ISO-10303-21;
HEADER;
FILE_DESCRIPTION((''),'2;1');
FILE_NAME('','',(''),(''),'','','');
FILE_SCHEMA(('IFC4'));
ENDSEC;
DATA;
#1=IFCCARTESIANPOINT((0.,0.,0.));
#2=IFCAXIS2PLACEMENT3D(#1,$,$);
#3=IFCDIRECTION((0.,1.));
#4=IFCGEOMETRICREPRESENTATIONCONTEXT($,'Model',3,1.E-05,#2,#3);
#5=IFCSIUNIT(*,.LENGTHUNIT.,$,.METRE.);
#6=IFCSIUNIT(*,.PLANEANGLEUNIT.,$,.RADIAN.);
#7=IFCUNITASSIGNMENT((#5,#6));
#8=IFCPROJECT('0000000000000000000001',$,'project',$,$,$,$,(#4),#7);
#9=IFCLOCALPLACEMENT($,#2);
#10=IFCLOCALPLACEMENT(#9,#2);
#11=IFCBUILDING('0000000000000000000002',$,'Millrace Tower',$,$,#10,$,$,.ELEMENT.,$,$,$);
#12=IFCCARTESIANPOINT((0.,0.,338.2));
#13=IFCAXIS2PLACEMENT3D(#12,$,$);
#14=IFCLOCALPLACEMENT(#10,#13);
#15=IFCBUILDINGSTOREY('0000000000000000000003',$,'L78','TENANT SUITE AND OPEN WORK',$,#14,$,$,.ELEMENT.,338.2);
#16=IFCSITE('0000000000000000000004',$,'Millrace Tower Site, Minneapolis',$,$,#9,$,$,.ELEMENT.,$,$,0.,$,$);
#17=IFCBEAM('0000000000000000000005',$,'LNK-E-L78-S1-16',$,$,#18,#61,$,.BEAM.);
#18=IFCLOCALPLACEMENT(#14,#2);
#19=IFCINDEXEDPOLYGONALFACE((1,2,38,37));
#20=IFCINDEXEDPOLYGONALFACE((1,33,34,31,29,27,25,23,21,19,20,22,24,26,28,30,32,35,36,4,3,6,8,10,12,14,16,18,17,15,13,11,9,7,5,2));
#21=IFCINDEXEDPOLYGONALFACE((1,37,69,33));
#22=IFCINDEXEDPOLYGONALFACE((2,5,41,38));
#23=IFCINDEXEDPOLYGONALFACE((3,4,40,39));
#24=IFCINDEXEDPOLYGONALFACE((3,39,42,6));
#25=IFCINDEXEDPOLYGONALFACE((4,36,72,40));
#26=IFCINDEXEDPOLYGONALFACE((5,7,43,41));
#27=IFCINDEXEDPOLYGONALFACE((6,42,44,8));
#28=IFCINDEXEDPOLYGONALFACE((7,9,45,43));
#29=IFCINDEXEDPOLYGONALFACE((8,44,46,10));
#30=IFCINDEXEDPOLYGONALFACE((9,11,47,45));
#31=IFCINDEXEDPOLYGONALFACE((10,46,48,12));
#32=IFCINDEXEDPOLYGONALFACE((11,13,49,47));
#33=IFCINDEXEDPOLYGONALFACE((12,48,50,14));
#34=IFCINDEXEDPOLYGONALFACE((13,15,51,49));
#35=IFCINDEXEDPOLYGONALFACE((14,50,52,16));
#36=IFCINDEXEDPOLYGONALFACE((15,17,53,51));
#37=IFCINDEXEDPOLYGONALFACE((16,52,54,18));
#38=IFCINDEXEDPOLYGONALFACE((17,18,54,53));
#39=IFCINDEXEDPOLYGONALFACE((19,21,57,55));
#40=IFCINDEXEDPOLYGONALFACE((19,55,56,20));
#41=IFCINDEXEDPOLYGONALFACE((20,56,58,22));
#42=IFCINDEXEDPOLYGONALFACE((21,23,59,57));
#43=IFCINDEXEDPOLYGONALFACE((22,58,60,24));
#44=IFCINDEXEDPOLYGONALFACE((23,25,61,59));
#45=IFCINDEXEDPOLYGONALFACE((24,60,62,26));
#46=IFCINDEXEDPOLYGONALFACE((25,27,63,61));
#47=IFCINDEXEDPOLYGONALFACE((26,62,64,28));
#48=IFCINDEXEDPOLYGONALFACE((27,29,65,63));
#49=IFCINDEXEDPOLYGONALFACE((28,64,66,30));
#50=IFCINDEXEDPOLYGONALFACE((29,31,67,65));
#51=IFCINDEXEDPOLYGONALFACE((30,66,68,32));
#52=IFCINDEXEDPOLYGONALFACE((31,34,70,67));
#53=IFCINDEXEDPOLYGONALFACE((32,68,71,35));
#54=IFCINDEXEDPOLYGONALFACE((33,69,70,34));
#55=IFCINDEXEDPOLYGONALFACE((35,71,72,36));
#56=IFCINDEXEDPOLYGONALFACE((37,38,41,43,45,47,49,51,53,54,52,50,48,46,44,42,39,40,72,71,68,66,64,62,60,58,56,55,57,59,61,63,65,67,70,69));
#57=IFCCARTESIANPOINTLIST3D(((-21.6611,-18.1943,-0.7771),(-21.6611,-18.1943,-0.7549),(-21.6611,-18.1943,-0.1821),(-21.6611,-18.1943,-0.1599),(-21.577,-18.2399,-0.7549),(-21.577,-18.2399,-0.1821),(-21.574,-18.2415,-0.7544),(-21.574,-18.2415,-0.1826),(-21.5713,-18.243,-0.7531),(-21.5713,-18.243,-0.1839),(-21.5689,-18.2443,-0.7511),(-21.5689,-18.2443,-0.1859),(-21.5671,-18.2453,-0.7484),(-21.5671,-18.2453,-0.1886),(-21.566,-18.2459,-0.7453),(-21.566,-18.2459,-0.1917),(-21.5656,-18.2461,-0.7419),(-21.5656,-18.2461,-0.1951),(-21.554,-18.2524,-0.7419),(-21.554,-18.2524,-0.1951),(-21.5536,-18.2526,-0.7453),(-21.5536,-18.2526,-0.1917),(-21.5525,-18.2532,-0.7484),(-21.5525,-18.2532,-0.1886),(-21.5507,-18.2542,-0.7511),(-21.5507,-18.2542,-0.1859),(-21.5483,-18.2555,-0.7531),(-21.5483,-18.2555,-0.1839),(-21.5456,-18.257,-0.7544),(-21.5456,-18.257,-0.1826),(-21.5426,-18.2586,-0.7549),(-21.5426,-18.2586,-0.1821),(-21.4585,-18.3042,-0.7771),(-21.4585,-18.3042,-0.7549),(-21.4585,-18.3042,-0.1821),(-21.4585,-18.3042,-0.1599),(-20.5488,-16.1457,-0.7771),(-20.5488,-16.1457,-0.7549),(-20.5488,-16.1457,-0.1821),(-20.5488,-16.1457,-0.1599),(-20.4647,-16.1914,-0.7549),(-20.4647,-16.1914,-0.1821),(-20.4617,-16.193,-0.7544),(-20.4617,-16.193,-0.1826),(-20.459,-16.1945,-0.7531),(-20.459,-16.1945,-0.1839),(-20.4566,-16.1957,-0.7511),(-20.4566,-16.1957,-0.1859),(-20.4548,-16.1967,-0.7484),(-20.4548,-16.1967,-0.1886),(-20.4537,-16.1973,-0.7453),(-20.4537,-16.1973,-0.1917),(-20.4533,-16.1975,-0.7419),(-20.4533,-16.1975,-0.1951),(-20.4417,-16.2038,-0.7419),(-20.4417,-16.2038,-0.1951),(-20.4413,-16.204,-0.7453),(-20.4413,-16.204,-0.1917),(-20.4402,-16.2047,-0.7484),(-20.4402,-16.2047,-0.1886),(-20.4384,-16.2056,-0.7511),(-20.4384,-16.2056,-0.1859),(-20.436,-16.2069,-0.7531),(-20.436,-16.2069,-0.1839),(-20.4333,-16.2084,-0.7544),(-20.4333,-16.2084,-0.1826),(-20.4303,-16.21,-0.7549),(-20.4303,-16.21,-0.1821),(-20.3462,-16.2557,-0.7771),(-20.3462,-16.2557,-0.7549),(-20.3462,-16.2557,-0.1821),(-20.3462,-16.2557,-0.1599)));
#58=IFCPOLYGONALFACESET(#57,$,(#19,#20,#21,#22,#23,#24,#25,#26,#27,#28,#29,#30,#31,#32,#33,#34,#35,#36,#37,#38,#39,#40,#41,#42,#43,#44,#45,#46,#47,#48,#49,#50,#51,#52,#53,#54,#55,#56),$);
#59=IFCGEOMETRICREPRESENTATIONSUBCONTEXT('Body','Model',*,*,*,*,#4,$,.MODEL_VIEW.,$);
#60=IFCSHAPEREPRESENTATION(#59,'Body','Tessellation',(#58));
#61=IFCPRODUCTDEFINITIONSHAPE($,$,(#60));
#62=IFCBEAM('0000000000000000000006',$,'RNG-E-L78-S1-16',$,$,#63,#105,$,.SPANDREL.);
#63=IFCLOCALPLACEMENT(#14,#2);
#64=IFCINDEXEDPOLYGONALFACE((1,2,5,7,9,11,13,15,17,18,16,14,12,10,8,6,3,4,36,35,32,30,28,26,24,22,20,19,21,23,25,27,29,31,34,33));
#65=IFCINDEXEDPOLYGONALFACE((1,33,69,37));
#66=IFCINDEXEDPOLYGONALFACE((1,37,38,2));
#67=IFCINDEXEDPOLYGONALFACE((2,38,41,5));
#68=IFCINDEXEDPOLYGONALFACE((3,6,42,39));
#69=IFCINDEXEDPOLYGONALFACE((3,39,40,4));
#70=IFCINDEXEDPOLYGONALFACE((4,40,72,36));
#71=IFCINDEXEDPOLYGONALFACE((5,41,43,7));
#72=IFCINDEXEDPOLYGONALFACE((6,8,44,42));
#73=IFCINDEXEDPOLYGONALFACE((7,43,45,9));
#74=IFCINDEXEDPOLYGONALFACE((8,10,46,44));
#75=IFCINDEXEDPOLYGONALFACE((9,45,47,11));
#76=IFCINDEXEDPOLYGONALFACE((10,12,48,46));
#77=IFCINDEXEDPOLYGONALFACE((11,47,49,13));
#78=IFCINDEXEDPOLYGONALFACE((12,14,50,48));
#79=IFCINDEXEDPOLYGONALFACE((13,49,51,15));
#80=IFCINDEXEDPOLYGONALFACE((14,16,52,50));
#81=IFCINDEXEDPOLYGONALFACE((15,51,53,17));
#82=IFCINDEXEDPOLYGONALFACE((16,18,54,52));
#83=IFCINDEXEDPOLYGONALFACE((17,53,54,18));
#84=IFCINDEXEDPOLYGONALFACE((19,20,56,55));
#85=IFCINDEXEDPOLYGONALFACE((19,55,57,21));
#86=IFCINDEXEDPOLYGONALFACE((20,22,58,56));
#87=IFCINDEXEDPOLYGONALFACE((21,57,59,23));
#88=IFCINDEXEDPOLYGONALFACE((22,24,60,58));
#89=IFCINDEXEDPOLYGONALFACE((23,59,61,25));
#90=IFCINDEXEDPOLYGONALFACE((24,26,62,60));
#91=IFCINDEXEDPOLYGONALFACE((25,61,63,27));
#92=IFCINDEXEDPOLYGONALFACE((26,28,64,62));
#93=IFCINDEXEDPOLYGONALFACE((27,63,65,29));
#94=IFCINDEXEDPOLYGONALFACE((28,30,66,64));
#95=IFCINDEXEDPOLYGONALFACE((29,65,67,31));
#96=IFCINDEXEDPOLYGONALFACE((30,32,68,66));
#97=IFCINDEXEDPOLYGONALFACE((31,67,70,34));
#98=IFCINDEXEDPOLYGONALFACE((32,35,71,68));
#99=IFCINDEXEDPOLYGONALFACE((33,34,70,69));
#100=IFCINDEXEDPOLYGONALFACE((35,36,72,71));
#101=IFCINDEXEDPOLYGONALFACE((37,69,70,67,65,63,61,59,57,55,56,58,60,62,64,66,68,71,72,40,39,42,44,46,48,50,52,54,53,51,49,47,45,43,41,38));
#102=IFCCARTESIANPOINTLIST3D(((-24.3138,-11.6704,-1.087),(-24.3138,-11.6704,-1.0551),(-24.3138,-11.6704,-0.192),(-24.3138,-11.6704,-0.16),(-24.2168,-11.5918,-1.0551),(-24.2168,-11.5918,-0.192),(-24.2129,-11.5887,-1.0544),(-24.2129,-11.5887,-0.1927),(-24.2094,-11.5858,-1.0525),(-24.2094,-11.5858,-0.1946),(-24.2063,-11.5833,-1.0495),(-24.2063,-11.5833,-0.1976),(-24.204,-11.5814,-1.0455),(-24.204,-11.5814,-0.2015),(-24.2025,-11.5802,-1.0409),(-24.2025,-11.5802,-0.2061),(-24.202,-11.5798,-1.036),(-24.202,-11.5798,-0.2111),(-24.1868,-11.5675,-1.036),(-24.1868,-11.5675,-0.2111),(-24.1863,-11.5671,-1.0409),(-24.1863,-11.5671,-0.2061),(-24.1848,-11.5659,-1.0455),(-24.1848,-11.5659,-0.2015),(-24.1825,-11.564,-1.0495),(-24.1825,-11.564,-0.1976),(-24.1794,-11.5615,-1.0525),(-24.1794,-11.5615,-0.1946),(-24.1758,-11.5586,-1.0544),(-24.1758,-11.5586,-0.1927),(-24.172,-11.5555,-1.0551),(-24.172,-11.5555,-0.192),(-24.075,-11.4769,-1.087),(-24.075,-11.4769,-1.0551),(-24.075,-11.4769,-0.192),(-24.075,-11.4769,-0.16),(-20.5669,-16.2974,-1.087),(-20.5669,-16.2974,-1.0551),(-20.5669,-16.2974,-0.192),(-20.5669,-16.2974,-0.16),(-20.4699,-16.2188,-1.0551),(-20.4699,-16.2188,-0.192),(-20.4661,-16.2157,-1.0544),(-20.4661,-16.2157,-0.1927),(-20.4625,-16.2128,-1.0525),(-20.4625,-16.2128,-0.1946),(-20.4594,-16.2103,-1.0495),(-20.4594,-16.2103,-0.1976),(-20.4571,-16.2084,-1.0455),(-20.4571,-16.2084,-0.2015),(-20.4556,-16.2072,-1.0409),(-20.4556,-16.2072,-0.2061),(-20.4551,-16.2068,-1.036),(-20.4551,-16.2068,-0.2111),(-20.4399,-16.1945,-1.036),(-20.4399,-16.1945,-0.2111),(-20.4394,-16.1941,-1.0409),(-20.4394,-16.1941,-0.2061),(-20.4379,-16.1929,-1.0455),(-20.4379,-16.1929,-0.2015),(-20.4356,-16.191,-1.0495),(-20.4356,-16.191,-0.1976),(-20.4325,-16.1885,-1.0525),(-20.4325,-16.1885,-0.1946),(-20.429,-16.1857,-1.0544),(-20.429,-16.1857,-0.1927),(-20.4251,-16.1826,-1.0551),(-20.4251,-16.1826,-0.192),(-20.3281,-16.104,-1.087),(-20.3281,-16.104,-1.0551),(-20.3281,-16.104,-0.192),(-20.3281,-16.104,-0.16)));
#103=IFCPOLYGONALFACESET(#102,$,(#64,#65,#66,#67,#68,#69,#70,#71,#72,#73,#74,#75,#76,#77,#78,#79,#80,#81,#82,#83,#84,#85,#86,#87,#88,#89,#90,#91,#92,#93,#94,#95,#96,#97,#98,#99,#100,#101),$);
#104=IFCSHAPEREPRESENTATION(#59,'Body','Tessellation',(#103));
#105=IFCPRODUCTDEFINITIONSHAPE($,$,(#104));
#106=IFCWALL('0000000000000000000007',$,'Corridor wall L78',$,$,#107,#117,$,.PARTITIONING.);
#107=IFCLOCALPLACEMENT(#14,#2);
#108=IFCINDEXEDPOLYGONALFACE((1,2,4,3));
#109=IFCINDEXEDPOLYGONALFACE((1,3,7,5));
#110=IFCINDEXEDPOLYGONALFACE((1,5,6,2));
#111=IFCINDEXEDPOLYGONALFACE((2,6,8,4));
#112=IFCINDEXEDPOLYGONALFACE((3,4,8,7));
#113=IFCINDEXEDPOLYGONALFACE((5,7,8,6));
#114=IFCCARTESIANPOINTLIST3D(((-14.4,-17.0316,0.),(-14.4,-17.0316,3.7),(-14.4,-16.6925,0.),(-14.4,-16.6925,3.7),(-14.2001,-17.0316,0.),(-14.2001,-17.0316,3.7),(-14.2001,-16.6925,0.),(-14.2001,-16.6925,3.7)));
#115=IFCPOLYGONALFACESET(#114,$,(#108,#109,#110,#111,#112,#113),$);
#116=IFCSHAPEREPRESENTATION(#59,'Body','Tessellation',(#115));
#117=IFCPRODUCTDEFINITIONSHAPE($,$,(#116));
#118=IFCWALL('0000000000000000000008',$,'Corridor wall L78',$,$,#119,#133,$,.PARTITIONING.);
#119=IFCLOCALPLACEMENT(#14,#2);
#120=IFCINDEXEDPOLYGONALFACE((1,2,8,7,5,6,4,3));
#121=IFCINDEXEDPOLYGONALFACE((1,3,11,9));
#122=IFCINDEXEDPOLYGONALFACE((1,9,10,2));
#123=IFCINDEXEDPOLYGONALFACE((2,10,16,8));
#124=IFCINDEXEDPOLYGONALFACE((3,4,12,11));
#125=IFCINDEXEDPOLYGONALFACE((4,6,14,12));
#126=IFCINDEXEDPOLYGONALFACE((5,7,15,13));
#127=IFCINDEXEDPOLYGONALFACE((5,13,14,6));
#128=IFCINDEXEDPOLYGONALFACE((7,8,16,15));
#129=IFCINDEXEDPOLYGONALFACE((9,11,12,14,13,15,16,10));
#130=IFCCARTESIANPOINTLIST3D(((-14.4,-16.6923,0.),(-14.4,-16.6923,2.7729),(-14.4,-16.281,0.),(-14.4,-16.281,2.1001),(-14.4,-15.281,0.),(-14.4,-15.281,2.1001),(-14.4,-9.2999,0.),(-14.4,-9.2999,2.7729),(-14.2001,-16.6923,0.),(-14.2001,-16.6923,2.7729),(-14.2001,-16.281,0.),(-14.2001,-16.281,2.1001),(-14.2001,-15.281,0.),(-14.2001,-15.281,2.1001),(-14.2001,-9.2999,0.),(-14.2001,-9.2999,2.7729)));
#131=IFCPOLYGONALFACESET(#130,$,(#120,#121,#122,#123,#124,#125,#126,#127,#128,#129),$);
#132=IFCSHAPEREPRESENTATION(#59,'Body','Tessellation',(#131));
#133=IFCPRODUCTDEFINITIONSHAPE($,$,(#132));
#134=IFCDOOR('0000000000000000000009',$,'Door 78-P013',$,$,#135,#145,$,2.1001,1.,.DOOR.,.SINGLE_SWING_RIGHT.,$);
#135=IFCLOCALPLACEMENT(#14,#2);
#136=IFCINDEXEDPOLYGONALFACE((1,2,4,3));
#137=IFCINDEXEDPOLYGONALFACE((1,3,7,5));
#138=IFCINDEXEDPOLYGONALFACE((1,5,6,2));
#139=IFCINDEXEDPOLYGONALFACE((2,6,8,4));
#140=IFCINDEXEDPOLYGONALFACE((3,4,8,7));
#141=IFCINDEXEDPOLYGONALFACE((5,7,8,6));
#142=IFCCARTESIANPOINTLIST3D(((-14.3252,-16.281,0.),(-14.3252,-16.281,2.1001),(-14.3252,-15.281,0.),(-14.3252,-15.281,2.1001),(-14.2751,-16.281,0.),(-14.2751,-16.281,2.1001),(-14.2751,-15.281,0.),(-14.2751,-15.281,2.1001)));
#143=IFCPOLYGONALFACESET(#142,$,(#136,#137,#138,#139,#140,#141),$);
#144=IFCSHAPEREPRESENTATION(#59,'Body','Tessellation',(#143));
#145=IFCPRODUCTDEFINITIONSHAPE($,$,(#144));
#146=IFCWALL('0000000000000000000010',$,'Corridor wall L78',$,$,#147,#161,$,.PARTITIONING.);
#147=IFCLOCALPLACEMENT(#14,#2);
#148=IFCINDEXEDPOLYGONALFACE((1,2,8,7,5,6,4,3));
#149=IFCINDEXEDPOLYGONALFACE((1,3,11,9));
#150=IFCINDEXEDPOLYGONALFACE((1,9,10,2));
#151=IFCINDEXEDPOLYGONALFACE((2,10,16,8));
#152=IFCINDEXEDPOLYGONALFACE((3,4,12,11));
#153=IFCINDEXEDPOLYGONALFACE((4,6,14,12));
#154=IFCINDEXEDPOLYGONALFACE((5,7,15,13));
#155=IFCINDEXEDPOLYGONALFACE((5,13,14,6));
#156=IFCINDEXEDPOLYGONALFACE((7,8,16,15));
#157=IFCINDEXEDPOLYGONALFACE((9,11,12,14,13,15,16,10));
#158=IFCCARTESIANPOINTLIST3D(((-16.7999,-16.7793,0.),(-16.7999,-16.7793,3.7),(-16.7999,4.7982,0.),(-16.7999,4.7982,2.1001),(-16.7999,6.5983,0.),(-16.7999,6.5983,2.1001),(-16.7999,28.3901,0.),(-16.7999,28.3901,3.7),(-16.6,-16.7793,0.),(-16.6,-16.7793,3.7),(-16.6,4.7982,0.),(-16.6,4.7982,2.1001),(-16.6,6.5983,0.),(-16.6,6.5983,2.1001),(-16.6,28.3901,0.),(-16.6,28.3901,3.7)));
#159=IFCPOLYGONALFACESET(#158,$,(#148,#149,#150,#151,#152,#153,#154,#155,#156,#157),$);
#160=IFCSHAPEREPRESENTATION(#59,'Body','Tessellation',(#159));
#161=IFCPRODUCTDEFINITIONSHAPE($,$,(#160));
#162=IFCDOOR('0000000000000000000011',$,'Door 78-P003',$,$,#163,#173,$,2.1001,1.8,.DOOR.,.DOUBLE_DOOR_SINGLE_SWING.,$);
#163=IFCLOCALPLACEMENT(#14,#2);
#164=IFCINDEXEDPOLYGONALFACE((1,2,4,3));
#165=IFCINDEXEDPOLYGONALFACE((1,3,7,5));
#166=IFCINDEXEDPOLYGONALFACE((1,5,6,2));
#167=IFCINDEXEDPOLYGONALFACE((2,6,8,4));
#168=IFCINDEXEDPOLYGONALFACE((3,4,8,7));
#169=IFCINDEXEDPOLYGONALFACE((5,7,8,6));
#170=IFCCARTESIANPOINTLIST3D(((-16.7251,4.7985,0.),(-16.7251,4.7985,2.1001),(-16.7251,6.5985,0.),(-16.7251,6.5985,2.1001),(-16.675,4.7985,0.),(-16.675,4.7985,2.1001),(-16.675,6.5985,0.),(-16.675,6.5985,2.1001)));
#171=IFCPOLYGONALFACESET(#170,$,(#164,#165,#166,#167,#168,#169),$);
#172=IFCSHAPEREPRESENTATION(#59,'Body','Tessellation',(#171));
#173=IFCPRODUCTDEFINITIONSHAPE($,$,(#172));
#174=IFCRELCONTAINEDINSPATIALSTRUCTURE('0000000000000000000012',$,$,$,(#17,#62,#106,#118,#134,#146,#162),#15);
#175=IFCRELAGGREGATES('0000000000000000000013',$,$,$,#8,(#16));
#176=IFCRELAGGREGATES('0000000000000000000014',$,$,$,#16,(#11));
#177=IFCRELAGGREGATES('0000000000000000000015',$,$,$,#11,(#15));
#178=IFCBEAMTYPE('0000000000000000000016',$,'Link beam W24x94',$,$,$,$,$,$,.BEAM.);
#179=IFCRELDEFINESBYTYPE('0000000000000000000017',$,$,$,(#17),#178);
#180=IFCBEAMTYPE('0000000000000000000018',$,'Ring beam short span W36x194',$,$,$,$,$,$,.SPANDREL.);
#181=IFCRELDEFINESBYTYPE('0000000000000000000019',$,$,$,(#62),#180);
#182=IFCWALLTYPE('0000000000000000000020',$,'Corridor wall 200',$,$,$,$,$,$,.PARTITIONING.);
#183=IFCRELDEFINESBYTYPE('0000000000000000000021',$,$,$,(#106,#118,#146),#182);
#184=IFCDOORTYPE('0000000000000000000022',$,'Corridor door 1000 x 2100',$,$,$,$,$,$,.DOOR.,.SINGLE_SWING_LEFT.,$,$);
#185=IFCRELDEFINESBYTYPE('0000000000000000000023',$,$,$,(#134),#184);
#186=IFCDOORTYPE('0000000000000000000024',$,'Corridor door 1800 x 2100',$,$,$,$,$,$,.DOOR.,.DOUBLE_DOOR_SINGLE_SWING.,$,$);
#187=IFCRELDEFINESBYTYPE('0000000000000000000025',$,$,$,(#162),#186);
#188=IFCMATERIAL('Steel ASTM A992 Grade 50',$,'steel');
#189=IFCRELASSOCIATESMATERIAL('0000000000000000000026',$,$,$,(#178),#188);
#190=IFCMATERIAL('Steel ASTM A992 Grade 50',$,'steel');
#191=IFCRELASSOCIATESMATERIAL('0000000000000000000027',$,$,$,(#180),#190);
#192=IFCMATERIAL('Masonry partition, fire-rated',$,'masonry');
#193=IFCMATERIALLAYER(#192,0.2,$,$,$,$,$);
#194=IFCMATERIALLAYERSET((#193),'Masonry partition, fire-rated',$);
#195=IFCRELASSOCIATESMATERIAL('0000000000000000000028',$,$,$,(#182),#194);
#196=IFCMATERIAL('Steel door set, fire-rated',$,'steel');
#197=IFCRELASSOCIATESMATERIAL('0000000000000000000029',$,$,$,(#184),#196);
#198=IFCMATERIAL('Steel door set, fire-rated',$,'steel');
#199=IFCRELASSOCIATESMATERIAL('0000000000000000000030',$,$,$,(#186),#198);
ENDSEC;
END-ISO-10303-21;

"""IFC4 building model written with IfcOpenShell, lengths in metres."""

from ifc_helpers import new_model, si_unit, direction, frame, frame_2d, origin, origin_2d, place, context, subcontext, project, spatial, rectangle, i_section, extrude, material, layer, layer_set, material_profile, profile_set, type_object, element, fill, save


model = new_model("IFC4")

# Units and contexts
model_context = context("Model", 3, precision=1e-05, world=origin(), true_north=direction((0.0, 1.0)))
body_context = subcontext(model_context, "Body", "Model", "MODEL_VIEW")
ifc_project = project(units=[si_unit("LENGTHUNIT", "METRE"), si_unit("PLANEANGLEUNIT", "RADIAN")], contexts=[model_context])

# Site, building, storey
site_placement = place(None, origin())
site = spatial("IfcSite", under=ifc_project, at=site_placement, Name="Millrace Tower Site, Minneapolis", CompositionType="ELEMENT", RefElevation=0.0)
building_placement = place(site_placement, origin())
building = spatial("IfcBuilding", under=site, at=building_placement, Name="Millrace Tower", CompositionType="ELEMENT")
storey_placement = place(building_placement, frame((0.0, 0.0, 338.2)))
storey = spatial("IfcBuildingStorey", under=building, at=storey_placement, Name="L78", Description="TENANT SUITE AND OPEN WORK", CompositionType="ELEMENT", Elevation=338.2)

# Beams
ifc_material_1 = material(Name="Steel ASTM A992 Grade 50", Category="steel")
ifc_material_profile_1 = material_profile(ifc_material_1, i_section(OverallWidth=0.2305, OverallDepth=0.6172, WebThickness=0.0132, FlangeThickness=0.0222, FilletRadius=0.0129, at=origin_2d()))
ifc_profile_set_1 = profile_set([ifc_material_profile_1], Name="Steel ASTM A992 Grade 50")
beam_type_1 = type_object("IfcBeamType", Name="Link beam W24x94", PredefinedType="BEAM", material=ifc_profile_set_1)
beam_1_placement = place(storey_placement, frame((-20.4475, -16.2007, -0.4685), z_axis=(-0.477164, -0.878815, 0.0), x_axis=(0.878815, -0.477164, 0.0)))
element("IfcBeam", 1, at=beam_1_placement, inside=storey, type_object=beam_type_1, Name="LNK-E-L78-S1-16", PredefinedType="BEAM", context=body_context, shape_type="SweptSolid", body=[
    extrude(i_section(OverallWidth=0.2305, OverallDepth=0.6172, WebThickness=0.0132, FlangeThickness=0.0222, FilletRadius=0.0129, at=origin_2d()), origin(), (0.0, 0.0, 1.0), 2.3311),
])
ifc_material_2 = material(Name="Steel ASTM A992 Grade 50", Category="steel")
ifc_material_profile_2 = material_profile(ifc_material_2, i_section(OverallWidth=0.3074, OverallDepth=0.927, WebThickness=0.0195, FlangeThickness=0.032, FilletRadius=0.019, at=origin_2d()))
ifc_profile_set_2 = profile_set([ifc_material_profile_2], Name="Steel ASTM A992 Grade 50")
beam_type_2 = type_object("IfcBeamType", Name="Ring beam short span W36x194", PredefinedType="SPANDREL", material=ifc_profile_set_2)
beam_2_placement = place(storey_placement, frame((-20.4475, -16.2007, -0.6235), z_axis=(-0.62932, 0.777147, 0.0), x_axis=(-0.777147, -0.62932, 0.0)))
element("IfcBeam", 2, at=beam_2_placement, inside=storey, type_object=beam_type_2, Name="RNG-E-L78-S1-16", PredefinedType="SPANDREL", context=body_context, shape_type="SweptSolid", body=[
    extrude(i_section(OverallWidth=0.3074, OverallDepth=0.927, WebThickness=0.0195, FlangeThickness=0.032, FilletRadius=0.019, at=origin_2d()), origin(), (0.0, 0.0, 1.0), 5.9539),
])

# Wall
ifc_material_3 = material(Name="Masonry partition, fire-rated", Category="masonry")
ifc_layer_1 = layer(ifc_material_3, 0.2)
ifc_layer_set_1 = layer_set([ifc_layer_1], Name="Masonry partition, fire-rated")
wall_type_1 = type_object("IfcWallType", Name="Corridor wall 200", PredefinedType="PARTITIONING", material=ifc_layer_set_1)
wall_1_placement = place(storey_placement, frame((-14.3, -17.0315, 0.0), z_axis=(0.0, 0.0, 1.0), x_axis=(0.0, 1.0, 0.0)))
element("IfcWall", 3, at=wall_1_placement, inside=storey, type_object=wall_type_1, Name="Corridor wall L78", PredefinedType="PARTITIONING", context=body_context, shape_type="SweptSolid", body=[
    extrude(rectangle(XDim=0.3391, YDim=0.2, at=frame_2d((0.1694, 0.0))), origin(), (0.0, 0.0, 1.0), 3.7),
])

# Walls, openings, doors
wall_2_placement = place(storey_placement, frame((-14.3, -16.6924, 0.0), z_axis=(0.0, 0.0, 1.0), x_axis=(0.0, 1.0, 0.0)))
wall_2 = element("IfcWall", 4, at=wall_2_placement, inside=storey, type_object=wall_type_1, Name="Corridor wall L78", PredefinedType="PARTITIONING", context=body_context, shape_type="SweptSolid", body=[
    extrude(rectangle(XDim=7.3923, YDim=0.2, at=frame_2d((3.6963, 0.0))), origin(), (0.0, 0.0, 1.0), 2.7729),
])
opening_1_placement = place(wall_2_placement, frame((0.4114, 0.0, 0.0)))
opening_1 = element("IfcOpeningElement", 5, at=opening_1_placement, cuts=wall_2, PredefinedType="OPENING", context=body_context, shape_type="SweptSolid", body=[
    extrude(rectangle(XDim=1.0, YDim=2.1001, at=frame_2d((0.5, 1.05))), frame((0.0, 0.1099, 0.0), z_axis=(0.0, -1.0, 0.0), x_axis=(1.0, 0.0, 0.0)), (0.0, 0.0, 1.0), 0.22),
])
ifc_material_4 = material(Name="Steel door set, fire-rated", Category="steel")
door_type_1 = type_object("IfcDoorType", Name="Corridor door 1000 x 2100", OperationType="SINGLE_SWING_LEFT", PredefinedType="DOOR", material=ifc_material_4)
door_1_placement = place(opening_1_placement, frame((1.0, 0.0, 0.0), z_axis=(0.0, 0.0, 1.0), x_axis=(-1.0, 0.0, 0.0)))
door_1 = element("IfcDoor", 6, at=door_1_placement, inside=storey, type_object=door_type_1, Name="Door 78-P013", OperationType="SINGLE_SWING_RIGHT", OverallHeight=2.1001, OverallWidth=1.0, PredefinedType="DOOR", context=body_context, shape_type="SweptSolid", body=[
    extrude(rectangle(XDim=1.0, YDim=2.1001, at=frame_2d((0.5, 1.05))), frame((0.0, 0.0249, 0.0), z_axis=(0.0, -1.0, 0.0), x_axis=(1.0, 0.0, 0.0)), (0.0, 0.0, 1.0), 0.05),
])
fill(opening_1, door_1)
wall_3_placement = place(storey_placement, frame((-16.7, -16.7793, 0.0), z_axis=(0.0, 0.0, 1.0), x_axis=(0.0, 1.0, 0.0)))
wall_3 = element("IfcWall", 7, at=wall_3_placement, inside=storey, type_object=wall_type_1, Name="Corridor wall L78", PredefinedType="PARTITIONING", context=body_context, shape_type="SweptSolid", body=[
    extrude(rectangle(XDim=45.1694, YDim=0.2, at=frame_2d((22.5847, 0.0))), origin(), (0.0, 0.0, 1.0), 3.7),
])
opening_2_placement = place(wall_3_placement, frame((21.5776, 0.0, 0.0)))
opening_2 = element("IfcOpeningElement", 8, at=opening_2_placement, cuts=wall_3, PredefinedType="OPENING", context=body_context, shape_type="SweptSolid", body=[
    extrude(rectangle(XDim=1.8, YDim=2.1001, at=frame_2d((0.8999, 1.05))), frame((0.0, 0.1099, 0.0), z_axis=(0.0, -1.0, 0.0), x_axis=(1.0, 0.0, 0.0)), (0.0, 0.0, 1.0), 0.22),
])
ifc_material_5 = material(Name="Steel door set, fire-rated", Category="steel")
door_type_2 = type_object("IfcDoorType", Name="Corridor door 1800 x 2100", OperationType="DOUBLE_DOOR_SINGLE_SWING", PredefinedType="DOOR", material=ifc_material_5)
door_2_placement = place(opening_2_placement, frame((1.8, 0.0, 0.0), z_axis=(0.0, 0.0, 1.0), x_axis=(-1.0, 0.0, 0.0)))
door_2 = element("IfcDoor", 9, at=door_2_placement, inside=storey, type_object=door_type_2, Name="Door 78-P003", OperationType="DOUBLE_DOOR_SINGLE_SWING", OverallHeight=2.1001, OverallWidth=1.8, PredefinedType="DOOR", context=body_context, shape_type="SweptSolid", body=[
    extrude(rectangle(XDim=1.8, YDim=2.1001, at=frame_2d((0.8999, 1.05))), frame((0.0, 0.0249, 0.0), z_axis=(0.0, -1.0, 0.0), x_axis=(1.0, 0.0, 0.0)), (0.0, 0.0, 1.0), 0.05),
])
fill(opening_2, door_2)

save(model, "model.ifc")
